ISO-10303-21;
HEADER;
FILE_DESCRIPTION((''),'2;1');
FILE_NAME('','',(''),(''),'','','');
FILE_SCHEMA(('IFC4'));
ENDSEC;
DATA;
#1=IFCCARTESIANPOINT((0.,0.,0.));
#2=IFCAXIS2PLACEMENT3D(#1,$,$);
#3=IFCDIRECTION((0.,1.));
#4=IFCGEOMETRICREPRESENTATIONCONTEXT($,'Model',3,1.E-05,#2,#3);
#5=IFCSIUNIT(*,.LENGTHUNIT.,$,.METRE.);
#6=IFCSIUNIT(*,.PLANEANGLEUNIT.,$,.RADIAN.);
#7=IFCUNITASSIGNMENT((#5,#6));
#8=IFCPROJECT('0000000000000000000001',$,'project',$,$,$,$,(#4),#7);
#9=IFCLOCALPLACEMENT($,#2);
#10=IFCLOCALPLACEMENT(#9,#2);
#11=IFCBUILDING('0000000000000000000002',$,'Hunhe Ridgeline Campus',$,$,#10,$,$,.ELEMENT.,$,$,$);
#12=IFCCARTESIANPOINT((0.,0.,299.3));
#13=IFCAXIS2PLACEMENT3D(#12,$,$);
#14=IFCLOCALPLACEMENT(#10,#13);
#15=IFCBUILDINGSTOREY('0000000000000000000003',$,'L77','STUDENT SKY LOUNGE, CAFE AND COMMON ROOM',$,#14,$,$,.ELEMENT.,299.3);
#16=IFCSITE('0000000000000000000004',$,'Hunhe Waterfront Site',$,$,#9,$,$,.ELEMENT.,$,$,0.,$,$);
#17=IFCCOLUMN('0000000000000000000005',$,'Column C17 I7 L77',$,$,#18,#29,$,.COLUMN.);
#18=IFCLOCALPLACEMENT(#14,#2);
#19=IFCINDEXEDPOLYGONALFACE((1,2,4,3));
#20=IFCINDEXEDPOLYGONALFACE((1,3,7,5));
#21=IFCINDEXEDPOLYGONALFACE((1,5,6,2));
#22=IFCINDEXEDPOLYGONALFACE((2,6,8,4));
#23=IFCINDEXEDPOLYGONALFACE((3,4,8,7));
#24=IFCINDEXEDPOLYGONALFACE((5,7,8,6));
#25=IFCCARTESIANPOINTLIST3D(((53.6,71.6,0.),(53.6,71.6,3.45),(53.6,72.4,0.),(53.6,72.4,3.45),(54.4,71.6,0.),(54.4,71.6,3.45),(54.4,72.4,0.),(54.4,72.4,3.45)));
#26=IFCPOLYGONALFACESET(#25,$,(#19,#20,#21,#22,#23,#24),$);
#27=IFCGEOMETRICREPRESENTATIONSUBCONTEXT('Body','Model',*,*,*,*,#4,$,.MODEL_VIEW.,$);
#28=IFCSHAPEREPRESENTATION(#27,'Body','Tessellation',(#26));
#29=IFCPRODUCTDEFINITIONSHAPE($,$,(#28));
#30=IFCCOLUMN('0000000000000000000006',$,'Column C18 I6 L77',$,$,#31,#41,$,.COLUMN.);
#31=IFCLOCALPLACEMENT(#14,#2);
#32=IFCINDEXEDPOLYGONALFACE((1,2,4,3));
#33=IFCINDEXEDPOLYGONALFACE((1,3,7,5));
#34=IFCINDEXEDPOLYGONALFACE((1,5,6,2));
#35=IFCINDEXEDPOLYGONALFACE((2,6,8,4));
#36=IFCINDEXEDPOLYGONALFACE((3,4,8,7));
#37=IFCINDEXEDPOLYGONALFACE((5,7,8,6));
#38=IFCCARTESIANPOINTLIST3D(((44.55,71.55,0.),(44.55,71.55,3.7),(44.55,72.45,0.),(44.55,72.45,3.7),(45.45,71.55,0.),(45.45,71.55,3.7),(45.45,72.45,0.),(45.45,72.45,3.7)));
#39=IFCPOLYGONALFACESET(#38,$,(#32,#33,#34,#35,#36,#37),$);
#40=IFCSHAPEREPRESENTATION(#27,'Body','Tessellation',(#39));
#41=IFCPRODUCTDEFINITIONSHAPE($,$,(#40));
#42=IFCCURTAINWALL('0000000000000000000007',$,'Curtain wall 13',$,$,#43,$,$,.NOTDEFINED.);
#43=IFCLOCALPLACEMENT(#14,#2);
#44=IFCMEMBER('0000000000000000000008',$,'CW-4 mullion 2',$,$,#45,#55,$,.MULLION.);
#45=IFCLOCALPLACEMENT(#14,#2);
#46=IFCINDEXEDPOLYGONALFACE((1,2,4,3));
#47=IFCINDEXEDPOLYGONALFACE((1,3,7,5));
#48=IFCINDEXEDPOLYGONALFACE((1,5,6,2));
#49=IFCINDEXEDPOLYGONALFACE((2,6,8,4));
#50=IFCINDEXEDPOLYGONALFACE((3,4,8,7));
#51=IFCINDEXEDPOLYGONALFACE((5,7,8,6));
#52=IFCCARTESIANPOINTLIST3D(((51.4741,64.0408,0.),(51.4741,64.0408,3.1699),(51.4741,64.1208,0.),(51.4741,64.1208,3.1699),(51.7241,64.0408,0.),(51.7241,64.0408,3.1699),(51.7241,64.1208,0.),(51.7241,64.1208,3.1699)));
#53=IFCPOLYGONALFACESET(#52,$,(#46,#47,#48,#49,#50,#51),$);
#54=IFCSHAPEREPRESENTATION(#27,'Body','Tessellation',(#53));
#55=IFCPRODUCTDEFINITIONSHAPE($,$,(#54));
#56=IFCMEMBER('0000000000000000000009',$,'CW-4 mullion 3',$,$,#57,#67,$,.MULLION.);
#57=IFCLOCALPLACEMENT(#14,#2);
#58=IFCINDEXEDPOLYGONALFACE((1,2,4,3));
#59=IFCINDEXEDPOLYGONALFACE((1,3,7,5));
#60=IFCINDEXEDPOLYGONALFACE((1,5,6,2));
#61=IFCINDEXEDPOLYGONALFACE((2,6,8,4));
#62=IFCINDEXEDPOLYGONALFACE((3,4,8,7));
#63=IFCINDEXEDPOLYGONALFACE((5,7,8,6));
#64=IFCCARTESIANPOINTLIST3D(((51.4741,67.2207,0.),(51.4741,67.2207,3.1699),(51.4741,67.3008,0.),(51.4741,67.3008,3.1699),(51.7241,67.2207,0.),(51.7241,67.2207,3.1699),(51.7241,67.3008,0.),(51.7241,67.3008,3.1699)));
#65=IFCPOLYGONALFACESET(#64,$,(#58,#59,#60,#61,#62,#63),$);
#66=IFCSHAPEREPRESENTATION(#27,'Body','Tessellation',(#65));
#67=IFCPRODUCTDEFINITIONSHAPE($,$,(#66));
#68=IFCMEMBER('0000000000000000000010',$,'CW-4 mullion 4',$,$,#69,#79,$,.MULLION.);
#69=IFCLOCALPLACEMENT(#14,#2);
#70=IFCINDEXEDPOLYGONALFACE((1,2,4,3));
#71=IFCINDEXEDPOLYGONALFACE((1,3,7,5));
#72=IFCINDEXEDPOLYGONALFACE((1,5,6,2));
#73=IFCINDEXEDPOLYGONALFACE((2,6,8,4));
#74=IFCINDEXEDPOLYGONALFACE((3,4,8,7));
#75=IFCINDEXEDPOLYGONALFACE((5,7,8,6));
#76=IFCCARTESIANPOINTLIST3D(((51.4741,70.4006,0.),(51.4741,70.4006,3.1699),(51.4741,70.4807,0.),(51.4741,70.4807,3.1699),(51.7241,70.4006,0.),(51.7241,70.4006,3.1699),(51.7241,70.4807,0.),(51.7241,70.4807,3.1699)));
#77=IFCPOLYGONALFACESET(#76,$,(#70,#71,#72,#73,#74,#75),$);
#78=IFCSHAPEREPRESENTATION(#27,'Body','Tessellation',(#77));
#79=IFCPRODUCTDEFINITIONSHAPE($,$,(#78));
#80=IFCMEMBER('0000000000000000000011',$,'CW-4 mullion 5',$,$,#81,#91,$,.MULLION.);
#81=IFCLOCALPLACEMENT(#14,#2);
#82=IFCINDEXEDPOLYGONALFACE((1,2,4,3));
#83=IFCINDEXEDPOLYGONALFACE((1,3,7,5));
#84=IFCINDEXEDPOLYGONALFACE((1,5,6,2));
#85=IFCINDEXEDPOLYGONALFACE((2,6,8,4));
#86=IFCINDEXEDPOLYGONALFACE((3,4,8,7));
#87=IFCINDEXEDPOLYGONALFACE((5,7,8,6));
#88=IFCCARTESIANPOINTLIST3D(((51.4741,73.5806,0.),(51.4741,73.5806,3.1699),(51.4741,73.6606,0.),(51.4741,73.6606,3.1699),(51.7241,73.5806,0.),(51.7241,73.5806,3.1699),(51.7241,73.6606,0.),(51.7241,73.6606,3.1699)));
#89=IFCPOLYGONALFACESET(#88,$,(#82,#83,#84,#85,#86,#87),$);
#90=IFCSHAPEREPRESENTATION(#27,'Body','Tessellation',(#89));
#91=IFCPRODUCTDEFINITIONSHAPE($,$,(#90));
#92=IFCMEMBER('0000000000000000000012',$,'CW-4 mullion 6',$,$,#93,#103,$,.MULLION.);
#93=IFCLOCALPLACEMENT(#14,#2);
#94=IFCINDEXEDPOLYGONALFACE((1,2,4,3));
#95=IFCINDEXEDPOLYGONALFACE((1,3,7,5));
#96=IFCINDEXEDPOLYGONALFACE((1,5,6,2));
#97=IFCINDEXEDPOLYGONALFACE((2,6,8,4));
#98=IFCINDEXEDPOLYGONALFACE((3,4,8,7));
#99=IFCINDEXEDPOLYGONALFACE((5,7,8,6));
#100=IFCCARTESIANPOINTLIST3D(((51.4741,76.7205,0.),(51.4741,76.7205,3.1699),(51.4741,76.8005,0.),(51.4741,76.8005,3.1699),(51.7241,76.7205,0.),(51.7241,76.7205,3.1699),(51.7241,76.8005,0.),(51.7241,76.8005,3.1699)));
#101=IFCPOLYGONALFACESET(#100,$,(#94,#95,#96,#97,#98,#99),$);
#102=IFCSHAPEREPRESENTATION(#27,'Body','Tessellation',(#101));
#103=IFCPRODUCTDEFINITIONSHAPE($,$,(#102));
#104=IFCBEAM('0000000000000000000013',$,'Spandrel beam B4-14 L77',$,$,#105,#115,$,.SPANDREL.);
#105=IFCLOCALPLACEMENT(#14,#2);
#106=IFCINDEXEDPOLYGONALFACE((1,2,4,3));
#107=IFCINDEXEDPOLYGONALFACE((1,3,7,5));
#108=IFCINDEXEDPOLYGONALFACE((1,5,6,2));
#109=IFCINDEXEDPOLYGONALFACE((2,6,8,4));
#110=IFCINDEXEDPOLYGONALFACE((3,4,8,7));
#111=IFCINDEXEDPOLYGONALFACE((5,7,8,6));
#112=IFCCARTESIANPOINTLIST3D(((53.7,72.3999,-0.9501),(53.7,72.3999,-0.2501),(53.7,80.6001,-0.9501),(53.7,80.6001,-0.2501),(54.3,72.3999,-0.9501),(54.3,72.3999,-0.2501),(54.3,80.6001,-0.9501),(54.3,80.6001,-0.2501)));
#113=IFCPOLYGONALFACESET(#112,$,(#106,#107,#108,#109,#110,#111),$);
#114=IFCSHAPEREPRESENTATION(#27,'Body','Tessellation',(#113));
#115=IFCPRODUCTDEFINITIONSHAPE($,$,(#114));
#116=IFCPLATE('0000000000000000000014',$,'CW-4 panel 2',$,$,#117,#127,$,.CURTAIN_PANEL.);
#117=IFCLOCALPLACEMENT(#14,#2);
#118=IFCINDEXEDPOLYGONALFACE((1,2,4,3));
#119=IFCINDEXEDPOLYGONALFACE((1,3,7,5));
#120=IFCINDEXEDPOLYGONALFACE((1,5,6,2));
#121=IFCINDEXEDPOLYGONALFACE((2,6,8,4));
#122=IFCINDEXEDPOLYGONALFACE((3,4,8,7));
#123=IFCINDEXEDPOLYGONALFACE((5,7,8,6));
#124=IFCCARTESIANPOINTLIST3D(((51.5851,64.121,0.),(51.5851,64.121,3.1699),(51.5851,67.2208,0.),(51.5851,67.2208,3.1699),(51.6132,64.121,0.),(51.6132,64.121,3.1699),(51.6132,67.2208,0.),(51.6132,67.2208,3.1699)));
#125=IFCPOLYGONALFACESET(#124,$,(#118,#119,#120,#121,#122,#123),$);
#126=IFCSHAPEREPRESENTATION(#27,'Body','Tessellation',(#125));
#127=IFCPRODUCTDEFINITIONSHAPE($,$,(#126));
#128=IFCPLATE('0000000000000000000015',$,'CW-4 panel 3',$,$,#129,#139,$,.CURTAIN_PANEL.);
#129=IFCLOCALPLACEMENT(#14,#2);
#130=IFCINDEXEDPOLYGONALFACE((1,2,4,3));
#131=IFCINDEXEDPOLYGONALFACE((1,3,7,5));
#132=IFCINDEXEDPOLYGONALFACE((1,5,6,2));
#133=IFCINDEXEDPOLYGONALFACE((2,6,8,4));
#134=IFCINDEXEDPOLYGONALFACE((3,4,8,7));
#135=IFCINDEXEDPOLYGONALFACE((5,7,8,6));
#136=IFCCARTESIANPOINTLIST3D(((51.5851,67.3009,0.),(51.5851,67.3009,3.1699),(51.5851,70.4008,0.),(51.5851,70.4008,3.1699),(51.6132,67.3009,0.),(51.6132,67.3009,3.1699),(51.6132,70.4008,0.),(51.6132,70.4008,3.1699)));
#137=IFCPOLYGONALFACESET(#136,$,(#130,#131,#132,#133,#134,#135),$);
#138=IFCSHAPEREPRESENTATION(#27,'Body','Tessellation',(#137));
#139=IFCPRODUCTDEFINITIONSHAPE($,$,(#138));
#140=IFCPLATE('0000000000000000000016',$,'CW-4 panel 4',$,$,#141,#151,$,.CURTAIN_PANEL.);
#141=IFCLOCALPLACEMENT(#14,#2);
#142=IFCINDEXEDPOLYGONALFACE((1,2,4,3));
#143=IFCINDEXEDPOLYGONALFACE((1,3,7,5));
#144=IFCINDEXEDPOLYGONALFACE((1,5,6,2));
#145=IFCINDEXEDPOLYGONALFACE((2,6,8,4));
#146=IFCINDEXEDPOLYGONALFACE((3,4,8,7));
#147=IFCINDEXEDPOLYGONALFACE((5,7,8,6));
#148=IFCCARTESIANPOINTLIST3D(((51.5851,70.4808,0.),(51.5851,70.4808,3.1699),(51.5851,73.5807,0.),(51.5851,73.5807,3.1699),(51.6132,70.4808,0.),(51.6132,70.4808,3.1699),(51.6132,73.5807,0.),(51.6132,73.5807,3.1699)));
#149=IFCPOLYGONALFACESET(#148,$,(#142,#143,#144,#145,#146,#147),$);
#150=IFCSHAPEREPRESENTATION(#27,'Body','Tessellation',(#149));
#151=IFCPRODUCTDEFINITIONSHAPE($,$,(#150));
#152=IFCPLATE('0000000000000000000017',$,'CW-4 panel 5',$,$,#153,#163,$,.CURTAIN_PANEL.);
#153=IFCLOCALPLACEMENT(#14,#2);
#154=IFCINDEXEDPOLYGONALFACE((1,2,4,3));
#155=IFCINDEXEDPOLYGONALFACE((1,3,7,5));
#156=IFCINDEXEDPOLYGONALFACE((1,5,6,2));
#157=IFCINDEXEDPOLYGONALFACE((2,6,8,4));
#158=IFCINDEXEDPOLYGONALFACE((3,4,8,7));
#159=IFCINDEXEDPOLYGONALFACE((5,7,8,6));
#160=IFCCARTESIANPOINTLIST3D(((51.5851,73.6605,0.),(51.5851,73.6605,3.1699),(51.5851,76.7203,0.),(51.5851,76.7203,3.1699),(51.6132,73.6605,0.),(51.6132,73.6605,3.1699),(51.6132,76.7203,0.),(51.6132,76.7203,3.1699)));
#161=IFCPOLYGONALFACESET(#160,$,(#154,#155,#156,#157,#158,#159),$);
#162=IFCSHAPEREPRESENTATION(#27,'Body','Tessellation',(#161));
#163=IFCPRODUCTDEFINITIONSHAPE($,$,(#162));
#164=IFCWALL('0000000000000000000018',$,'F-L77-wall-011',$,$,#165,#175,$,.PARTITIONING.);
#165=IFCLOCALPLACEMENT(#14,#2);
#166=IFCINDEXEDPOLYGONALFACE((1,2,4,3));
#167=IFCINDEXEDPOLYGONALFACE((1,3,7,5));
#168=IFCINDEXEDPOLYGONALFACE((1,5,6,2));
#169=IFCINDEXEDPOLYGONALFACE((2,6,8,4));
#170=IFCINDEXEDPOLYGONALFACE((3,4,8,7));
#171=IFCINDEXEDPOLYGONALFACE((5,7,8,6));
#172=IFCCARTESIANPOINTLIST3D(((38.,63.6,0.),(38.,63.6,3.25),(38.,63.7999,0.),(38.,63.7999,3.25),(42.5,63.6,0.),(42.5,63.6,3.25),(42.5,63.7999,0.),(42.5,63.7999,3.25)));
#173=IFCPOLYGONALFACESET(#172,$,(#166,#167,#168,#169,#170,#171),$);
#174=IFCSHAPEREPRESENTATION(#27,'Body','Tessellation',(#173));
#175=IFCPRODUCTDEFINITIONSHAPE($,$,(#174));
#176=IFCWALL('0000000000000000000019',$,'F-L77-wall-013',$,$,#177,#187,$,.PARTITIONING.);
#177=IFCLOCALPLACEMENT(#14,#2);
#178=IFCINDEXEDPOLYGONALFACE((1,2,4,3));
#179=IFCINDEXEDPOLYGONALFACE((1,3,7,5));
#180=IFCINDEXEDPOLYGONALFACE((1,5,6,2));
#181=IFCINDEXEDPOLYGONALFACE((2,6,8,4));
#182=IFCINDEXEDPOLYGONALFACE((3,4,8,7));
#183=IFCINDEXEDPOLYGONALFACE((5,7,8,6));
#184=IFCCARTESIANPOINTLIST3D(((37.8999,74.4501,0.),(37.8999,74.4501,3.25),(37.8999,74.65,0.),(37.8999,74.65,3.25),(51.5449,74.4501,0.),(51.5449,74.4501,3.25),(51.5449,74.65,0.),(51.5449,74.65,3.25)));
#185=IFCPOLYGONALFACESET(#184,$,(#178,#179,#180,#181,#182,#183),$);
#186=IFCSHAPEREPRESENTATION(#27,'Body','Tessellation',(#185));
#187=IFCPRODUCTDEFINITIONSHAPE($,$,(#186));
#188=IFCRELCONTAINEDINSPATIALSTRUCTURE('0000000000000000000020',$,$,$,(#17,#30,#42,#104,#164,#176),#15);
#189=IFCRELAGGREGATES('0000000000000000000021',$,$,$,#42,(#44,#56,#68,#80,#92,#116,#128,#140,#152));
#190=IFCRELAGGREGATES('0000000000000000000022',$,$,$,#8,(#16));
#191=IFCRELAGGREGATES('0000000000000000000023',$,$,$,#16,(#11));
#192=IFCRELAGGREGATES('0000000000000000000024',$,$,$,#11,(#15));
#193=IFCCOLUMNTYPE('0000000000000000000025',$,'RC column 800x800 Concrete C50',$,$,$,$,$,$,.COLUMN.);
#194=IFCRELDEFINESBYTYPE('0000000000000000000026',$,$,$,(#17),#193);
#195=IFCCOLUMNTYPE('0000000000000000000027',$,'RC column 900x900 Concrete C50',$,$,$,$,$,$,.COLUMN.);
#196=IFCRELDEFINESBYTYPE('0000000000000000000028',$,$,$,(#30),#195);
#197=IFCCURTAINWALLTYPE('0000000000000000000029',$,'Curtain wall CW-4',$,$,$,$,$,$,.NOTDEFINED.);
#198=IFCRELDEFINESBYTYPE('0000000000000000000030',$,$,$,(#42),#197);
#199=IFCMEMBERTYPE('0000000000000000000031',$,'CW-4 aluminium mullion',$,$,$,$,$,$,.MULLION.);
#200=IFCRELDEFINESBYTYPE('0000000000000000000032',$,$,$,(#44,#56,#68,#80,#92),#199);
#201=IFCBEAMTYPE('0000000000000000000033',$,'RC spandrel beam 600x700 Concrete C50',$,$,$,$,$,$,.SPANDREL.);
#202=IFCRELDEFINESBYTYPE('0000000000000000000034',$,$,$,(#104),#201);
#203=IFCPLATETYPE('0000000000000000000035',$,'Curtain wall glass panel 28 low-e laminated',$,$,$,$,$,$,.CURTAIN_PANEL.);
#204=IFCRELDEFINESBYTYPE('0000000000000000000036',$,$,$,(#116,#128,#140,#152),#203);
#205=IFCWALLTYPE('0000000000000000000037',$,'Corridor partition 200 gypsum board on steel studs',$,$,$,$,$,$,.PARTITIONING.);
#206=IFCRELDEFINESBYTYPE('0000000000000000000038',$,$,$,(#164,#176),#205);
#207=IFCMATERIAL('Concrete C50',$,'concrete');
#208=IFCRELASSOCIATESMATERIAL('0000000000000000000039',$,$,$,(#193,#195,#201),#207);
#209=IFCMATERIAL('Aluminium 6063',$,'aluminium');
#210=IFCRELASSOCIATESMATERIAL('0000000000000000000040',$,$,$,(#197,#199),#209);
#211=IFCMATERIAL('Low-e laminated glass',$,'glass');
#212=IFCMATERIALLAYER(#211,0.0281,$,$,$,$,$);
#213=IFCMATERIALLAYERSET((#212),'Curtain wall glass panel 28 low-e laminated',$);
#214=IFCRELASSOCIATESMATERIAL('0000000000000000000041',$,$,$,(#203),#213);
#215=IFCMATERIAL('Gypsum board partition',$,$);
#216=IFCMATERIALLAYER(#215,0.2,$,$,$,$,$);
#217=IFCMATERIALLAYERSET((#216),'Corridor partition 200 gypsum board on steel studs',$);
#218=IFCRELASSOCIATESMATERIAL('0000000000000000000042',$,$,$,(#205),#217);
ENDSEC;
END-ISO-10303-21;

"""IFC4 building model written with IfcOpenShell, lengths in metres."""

from ifc_helpers import new_model, si_unit, direction, frame, frame_2d, origin, origin_2d, place, context, subcontext, project, spatial, rectangle, extrude, material, layer, layer_set, material_profile, profile_set, type_object, element, aggregate, save


model = new_model("IFC4")

# Units and contexts
model_context = context("Model", 3, precision=1e-05, world=origin(), true_north=direction((0.0, 1.0)))
body_context = subcontext(model_context, "Body", "Model", "MODEL_VIEW")
ifc_project = project(units=[si_unit("LENGTHUNIT", "METRE"), si_unit("PLANEANGLEUNIT", "RADIAN")], contexts=[model_context])

# Site, building, storey
site_placement = place(None, origin())
site = spatial("IfcSite", under=ifc_project, at=site_placement, Name="Hunhe Waterfront Site", CompositionType="ELEMENT", RefElevation=0.0)
building_placement = place(site_placement, origin())
building = spatial("IfcBuilding", under=site, at=building_placement, Name="Hunhe Ridgeline Campus", CompositionType="ELEMENT")
storey_placement = place(building_placement, frame((0.0, 0.0, 299.3)))
storey = spatial("IfcBuildingStorey", under=building, at=storey_placement, Name="L77", Description="STUDENT SKY LOUNGE, CAFE AND COMMON ROOM", CompositionType="ELEMENT", Elevation=299.3)

# Columns
ifc_material_1 = material(Name="Concrete C50", Category="concrete")
ifc_material_profile_1 = material_profile(ifc_material_1, rectangle(XDim=0.8, YDim=0.8, at=origin_2d()))
ifc_profile_set_1 = profile_set([ifc_material_profile_1], Name="Concrete C50")
column_type_1 = type_object("IfcColumnType", Name="RC column 800x800 Concrete C50", PredefinedType="COLUMN", material=ifc_profile_set_1)
column_1_placement = place(storey_placement, frame((54.0, 72.0, 0.0), z_axis=(0.0, 0.0, 1.0), x_axis=(1.0, 0.0, 0.0)))
element("IfcColumn", 1, at=column_1_placement, inside=storey, type_object=column_type_1, Name="Column C17 I7 L77", PredefinedType="COLUMN", context=body_context, shape_type="SweptSolid", body=[
    extrude(rectangle(XDim=0.8, YDim=0.8, at=origin_2d()), origin(), (0.0, 0.0, 1.0), 3.45),
])
ifc_material_profile_2 = material_profile(ifc_material_1, rectangle(XDim=0.8999, YDim=0.8999, at=origin_2d()))
ifc_profile_set_2 = profile_set([ifc_material_profile_2], Name="Concrete C50")
column_type_2 = type_object("IfcColumnType", Name="RC column 900x900 Concrete C50", PredefinedType="COLUMN", material=ifc_profile_set_2)
column_2_placement = place(storey_placement, frame((45.0, 72.0, 0.0), z_axis=(0.0, 0.0, 1.0), x_axis=(1.0, 0.0, 0.0)))
element("IfcColumn", 2, at=column_2_placement, inside=storey, type_object=column_type_2, Name="Column C18 I6 L77", PredefinedType="COLUMN", context=body_context, shape_type="SweptSolid", body=[
    extrude(rectangle(XDim=0.8999, YDim=0.8999, at=origin_2d()), origin(), (0.0, 0.0, 1.0), 3.7),
])

# Curtain wall, members
ifc_material_2 = material(Name="Aluminium 6063", Category="aluminium")
curtain_wall_type = type_object("IfcCurtainWallType", Name="Curtain wall CW-4", PredefinedType="NOTDEFINED", material=ifc_material_2)
curtain_wall_placement = place(storey_placement, origin())
curtain_wall = element("IfcCurtainWall", 3, at=curtain_wall_placement, inside=storey, type_object=curtain_wall_type, Name="Curtain wall 13", PredefinedType="NOTDEFINED")
ifc_material_profile_3 = material_profile(ifc_material_2, rectangle(XDim=0.25, YDim=0.0801, at=origin_2d()))
ifc_profile_set_3 = profile_set([ifc_material_profile_3], Name="Aluminium 6063")
member_type = type_object("IfcMemberType", Name="CW-4 aluminium mullion", PredefinedType="MULLION", material=ifc_profile_set_3)
member_1_placement = place(storey_placement, frame((51.5991, 64.0808, 0.0), z_axis=(0.0, 0.0, 1.0), x_axis=(-1.0, 0.0, 0.0)))
member_1 = element("IfcMember", 4, at=member_1_placement, type_object=member_type, Name="CW-4 mullion 2", PredefinedType="MULLION", context=body_context, shape_type="SweptSolid", body=[
    extrude(rectangle(XDim=0.25, YDim=0.0801, at=origin_2d()), origin(), (0.0, 0.0, 1.0), 3.1699),
])
member_2_placement = place(storey_placement, frame((51.5991, 67.2607, 0.0), z_axis=(0.0, 0.0, 1.0), x_axis=(-1.0, 0.0, 0.0)))
member_2 = element("IfcMember", 5, at=member_2_placement, type_object=member_type, Name="CW-4 mullion 3", PredefinedType="MULLION", context=body_context, shape_type="SweptSolid", body=[
    extrude(rectangle(XDim=0.25, YDim=0.0801, at=origin_2d()), origin(), (0.0, 0.0, 1.0), 3.1699),
])
member_3_placement = place(storey_placement, frame((51.5991, 70.4407, 0.0), z_axis=(0.0, 0.0, 1.0), x_axis=(-1.0, 0.0, 0.0)))
member_3 = element("IfcMember", 6, at=member_3_placement, type_object=member_type, Name="CW-4 mullion 4", PredefinedType="MULLION", context=body_context, shape_type="SweptSolid", body=[
    extrude(rectangle(XDim=0.25, YDim=0.0801, at=origin_2d()), origin(), (0.0, 0.0, 1.0), 3.1699),
])
member_4_placement = place(storey_placement, frame((51.5991, 73.6206, 0.0), z_axis=(0.0, 0.0, 1.0), x_axis=(-1.0, 0.0, 0.0)))
member_4 = element("IfcMember", 7, at=member_4_placement, type_object=member_type, Name="CW-4 mullion 5", PredefinedType="MULLION", context=body_context, shape_type="SweptSolid", body=[
    extrude(rectangle(XDim=0.25, YDim=0.0801, at=origin_2d()), origin(), (0.0, 0.0, 1.0), 3.1699),
])
member_5_placement = place(storey_placement, frame((51.5991, 76.7605, 0.0), z_axis=(0.0, 0.0, 1.0), x_axis=(-1.0, 0.0, 0.0)))
member_5 = element("IfcMember", 8, at=member_5_placement, type_object=member_type, Name="CW-4 mullion 6", PredefinedType="MULLION", context=body_context, shape_type="SweptSolid", body=[
    extrude(rectangle(XDim=0.25, YDim=0.0801, at=origin_2d()), origin(), (0.0, 0.0, 1.0), 3.1699),
])

# Beam
ifc_material_profile_4 = material_profile(ifc_material_1, rectangle(XDim=0.6001, YDim=0.7, at=origin_2d()))
ifc_profile_set_4 = profile_set([ifc_material_profile_4], Name="Concrete C50")
beam_type = type_object("IfcBeamType", Name="RC spandrel beam 600x700 Concrete C50", PredefinedType="SPANDREL", material=ifc_profile_set_4)
beam_placement = place(storey_placement, frame((54.0, 72.3999, -0.6001), z_axis=(0.0, 1.0, 0.0), x_axis=(-1.0, 0.0, 0.0)))
element("IfcBeam", 9, at=beam_placement, inside=storey, type_object=beam_type, Name="Spandrel beam B4-14 L77", PredefinedType="SPANDREL", context=body_context, shape_type="SweptSolid", body=[
    extrude(rectangle(XDim=0.6001, YDim=0.7, at=origin_2d()), origin(), (0.0, 0.0, 1.0), 8.2002),
])

# Plates
ifc_material_3 = material(Name="Low-e laminated glass", Category="glass")
ifc_layer_1 = layer(ifc_material_3, 0.0281)
ifc_layer_set_1 = layer_set([ifc_layer_1], Name="Curtain wall glass panel 28 low-e laminated")
plate_type = type_object("IfcPlateType", Name="Curtain wall glass panel 28 low-e laminated", PredefinedType="CURTAIN_PANEL", material=ifc_layer_set_1)
plate_1_placement = place(storey_placement, frame((51.5991, 65.6709, 0.0), z_axis=(0.0, 0.0, 1.0), x_axis=(0.0, 1.0, 0.0)))
plate_1 = element("IfcPlate", 10, at=plate_1_placement, type_object=plate_type, Name="CW-4 panel 2", PredefinedType="CURTAIN_PANEL", context=body_context, shape_type="SweptSolid", body=[
    extrude(rectangle(XDim=3.0999, YDim=0.0281, at=origin_2d()), origin(), (0.0, 0.0, 1.0), 3.1699),
])
plate_2_placement = place(storey_placement, frame((51.5991, 68.8508, 0.0), z_axis=(0.0, 0.0, 1.0), x_axis=(0.0, 1.0, 0.0)))
plate_2 = element("IfcPlate", 11, at=plate_2_placement, type_object=plate_type, Name="CW-4 panel 3", PredefinedType="CURTAIN_PANEL", context=body_context, shape_type="SweptSolid", body=[
    extrude(rectangle(XDim=3.0999, YDim=0.0281, at=origin_2d()), origin(), (0.0, 0.0, 1.0), 3.1699),
])
plate_3_placement = place(storey_placement, frame((51.5991, 72.0308, 0.0), z_axis=(0.0, 0.0, 1.0), x_axis=(0.0, 1.0, 0.0)))
plate_3 = element("IfcPlate", 12, at=plate_3_placement, type_object=plate_type, Name="CW-4 panel 4", PredefinedType="CURTAIN_PANEL", context=body_context, shape_type="SweptSolid", body=[
    extrude(rectangle(XDim=3.0999, YDim=0.0281, at=origin_2d()), origin(), (0.0, 0.0, 1.0), 3.1699),
])
plate_4_placement = place(storey_placement, frame((51.5991, 75.1904, 0.0), z_axis=(0.0, 0.0, 1.0), x_axis=(0.0, 1.0, 0.0)))
plate_4 = element("IfcPlate", 13, at=plate_4_placement, type_object=plate_type, Name="CW-4 panel 5", PredefinedType="CURTAIN_PANEL", context=body_context, shape_type="SweptSolid", body=[
    extrude(rectangle(XDim=3.0598, YDim=0.0281, at=origin_2d()), origin(), (0.0, 0.0, 1.0), 3.1699),
])
aggregate(curtain_wall, [member_1, member_2, member_3, member_4, member_5, plate_1, plate_2, plate_3, plate_4])

# Wall
ifc_material_4 = material(Name="Gypsum board partition")
ifc_layer_2 = layer(ifc_material_4, 0.2)
ifc_layer_set_2 = layer_set([ifc_layer_2], Name="Corridor partition 200 gypsum board on steel studs")
wall_type = type_object("IfcWallType", Name="Corridor partition 200 gypsum board on steel studs", PredefinedType="PARTITIONING", material=ifc_layer_set_2)
wall_1_placement = place(storey_placement, frame((38.0, 63.7, 0.0), z_axis=(0.0, 0.0, 1.0), x_axis=(1.0, 0.0, 0.0)))
element("IfcWall", 14, at=wall_1_placement, inside=storey, type_object=wall_type, Name="F-L77-wall-011", PredefinedType="PARTITIONING", context=body_context, shape_type="SweptSolid", body=[
    extrude(rectangle(XDim=4.5, YDim=0.2, at=frame_2d((2.25, 0.0))), origin(), (0.0, 0.0, 1.0), 3.25),
])

# Wall
wall_2_placement = place(storey_placement, frame((37.8999, 74.55, 0.0), z_axis=(0.0, 0.0, 1.0), x_axis=(1.0, 0.0, 0.0)))
element("IfcWall", 15, at=wall_2_placement, inside=storey, type_object=wall_type, Name="F-L77-wall-013", PredefinedType="PARTITIONING", context=body_context, shape_type="SweptSolid", body=[
    extrude(rectangle(XDim=13.645, YDim=0.2, at=frame_2d((6.8225, 0.0))), origin(), (0.0, 0.0, 1.0), 3.25),
])

save(model, "model.ifc")
